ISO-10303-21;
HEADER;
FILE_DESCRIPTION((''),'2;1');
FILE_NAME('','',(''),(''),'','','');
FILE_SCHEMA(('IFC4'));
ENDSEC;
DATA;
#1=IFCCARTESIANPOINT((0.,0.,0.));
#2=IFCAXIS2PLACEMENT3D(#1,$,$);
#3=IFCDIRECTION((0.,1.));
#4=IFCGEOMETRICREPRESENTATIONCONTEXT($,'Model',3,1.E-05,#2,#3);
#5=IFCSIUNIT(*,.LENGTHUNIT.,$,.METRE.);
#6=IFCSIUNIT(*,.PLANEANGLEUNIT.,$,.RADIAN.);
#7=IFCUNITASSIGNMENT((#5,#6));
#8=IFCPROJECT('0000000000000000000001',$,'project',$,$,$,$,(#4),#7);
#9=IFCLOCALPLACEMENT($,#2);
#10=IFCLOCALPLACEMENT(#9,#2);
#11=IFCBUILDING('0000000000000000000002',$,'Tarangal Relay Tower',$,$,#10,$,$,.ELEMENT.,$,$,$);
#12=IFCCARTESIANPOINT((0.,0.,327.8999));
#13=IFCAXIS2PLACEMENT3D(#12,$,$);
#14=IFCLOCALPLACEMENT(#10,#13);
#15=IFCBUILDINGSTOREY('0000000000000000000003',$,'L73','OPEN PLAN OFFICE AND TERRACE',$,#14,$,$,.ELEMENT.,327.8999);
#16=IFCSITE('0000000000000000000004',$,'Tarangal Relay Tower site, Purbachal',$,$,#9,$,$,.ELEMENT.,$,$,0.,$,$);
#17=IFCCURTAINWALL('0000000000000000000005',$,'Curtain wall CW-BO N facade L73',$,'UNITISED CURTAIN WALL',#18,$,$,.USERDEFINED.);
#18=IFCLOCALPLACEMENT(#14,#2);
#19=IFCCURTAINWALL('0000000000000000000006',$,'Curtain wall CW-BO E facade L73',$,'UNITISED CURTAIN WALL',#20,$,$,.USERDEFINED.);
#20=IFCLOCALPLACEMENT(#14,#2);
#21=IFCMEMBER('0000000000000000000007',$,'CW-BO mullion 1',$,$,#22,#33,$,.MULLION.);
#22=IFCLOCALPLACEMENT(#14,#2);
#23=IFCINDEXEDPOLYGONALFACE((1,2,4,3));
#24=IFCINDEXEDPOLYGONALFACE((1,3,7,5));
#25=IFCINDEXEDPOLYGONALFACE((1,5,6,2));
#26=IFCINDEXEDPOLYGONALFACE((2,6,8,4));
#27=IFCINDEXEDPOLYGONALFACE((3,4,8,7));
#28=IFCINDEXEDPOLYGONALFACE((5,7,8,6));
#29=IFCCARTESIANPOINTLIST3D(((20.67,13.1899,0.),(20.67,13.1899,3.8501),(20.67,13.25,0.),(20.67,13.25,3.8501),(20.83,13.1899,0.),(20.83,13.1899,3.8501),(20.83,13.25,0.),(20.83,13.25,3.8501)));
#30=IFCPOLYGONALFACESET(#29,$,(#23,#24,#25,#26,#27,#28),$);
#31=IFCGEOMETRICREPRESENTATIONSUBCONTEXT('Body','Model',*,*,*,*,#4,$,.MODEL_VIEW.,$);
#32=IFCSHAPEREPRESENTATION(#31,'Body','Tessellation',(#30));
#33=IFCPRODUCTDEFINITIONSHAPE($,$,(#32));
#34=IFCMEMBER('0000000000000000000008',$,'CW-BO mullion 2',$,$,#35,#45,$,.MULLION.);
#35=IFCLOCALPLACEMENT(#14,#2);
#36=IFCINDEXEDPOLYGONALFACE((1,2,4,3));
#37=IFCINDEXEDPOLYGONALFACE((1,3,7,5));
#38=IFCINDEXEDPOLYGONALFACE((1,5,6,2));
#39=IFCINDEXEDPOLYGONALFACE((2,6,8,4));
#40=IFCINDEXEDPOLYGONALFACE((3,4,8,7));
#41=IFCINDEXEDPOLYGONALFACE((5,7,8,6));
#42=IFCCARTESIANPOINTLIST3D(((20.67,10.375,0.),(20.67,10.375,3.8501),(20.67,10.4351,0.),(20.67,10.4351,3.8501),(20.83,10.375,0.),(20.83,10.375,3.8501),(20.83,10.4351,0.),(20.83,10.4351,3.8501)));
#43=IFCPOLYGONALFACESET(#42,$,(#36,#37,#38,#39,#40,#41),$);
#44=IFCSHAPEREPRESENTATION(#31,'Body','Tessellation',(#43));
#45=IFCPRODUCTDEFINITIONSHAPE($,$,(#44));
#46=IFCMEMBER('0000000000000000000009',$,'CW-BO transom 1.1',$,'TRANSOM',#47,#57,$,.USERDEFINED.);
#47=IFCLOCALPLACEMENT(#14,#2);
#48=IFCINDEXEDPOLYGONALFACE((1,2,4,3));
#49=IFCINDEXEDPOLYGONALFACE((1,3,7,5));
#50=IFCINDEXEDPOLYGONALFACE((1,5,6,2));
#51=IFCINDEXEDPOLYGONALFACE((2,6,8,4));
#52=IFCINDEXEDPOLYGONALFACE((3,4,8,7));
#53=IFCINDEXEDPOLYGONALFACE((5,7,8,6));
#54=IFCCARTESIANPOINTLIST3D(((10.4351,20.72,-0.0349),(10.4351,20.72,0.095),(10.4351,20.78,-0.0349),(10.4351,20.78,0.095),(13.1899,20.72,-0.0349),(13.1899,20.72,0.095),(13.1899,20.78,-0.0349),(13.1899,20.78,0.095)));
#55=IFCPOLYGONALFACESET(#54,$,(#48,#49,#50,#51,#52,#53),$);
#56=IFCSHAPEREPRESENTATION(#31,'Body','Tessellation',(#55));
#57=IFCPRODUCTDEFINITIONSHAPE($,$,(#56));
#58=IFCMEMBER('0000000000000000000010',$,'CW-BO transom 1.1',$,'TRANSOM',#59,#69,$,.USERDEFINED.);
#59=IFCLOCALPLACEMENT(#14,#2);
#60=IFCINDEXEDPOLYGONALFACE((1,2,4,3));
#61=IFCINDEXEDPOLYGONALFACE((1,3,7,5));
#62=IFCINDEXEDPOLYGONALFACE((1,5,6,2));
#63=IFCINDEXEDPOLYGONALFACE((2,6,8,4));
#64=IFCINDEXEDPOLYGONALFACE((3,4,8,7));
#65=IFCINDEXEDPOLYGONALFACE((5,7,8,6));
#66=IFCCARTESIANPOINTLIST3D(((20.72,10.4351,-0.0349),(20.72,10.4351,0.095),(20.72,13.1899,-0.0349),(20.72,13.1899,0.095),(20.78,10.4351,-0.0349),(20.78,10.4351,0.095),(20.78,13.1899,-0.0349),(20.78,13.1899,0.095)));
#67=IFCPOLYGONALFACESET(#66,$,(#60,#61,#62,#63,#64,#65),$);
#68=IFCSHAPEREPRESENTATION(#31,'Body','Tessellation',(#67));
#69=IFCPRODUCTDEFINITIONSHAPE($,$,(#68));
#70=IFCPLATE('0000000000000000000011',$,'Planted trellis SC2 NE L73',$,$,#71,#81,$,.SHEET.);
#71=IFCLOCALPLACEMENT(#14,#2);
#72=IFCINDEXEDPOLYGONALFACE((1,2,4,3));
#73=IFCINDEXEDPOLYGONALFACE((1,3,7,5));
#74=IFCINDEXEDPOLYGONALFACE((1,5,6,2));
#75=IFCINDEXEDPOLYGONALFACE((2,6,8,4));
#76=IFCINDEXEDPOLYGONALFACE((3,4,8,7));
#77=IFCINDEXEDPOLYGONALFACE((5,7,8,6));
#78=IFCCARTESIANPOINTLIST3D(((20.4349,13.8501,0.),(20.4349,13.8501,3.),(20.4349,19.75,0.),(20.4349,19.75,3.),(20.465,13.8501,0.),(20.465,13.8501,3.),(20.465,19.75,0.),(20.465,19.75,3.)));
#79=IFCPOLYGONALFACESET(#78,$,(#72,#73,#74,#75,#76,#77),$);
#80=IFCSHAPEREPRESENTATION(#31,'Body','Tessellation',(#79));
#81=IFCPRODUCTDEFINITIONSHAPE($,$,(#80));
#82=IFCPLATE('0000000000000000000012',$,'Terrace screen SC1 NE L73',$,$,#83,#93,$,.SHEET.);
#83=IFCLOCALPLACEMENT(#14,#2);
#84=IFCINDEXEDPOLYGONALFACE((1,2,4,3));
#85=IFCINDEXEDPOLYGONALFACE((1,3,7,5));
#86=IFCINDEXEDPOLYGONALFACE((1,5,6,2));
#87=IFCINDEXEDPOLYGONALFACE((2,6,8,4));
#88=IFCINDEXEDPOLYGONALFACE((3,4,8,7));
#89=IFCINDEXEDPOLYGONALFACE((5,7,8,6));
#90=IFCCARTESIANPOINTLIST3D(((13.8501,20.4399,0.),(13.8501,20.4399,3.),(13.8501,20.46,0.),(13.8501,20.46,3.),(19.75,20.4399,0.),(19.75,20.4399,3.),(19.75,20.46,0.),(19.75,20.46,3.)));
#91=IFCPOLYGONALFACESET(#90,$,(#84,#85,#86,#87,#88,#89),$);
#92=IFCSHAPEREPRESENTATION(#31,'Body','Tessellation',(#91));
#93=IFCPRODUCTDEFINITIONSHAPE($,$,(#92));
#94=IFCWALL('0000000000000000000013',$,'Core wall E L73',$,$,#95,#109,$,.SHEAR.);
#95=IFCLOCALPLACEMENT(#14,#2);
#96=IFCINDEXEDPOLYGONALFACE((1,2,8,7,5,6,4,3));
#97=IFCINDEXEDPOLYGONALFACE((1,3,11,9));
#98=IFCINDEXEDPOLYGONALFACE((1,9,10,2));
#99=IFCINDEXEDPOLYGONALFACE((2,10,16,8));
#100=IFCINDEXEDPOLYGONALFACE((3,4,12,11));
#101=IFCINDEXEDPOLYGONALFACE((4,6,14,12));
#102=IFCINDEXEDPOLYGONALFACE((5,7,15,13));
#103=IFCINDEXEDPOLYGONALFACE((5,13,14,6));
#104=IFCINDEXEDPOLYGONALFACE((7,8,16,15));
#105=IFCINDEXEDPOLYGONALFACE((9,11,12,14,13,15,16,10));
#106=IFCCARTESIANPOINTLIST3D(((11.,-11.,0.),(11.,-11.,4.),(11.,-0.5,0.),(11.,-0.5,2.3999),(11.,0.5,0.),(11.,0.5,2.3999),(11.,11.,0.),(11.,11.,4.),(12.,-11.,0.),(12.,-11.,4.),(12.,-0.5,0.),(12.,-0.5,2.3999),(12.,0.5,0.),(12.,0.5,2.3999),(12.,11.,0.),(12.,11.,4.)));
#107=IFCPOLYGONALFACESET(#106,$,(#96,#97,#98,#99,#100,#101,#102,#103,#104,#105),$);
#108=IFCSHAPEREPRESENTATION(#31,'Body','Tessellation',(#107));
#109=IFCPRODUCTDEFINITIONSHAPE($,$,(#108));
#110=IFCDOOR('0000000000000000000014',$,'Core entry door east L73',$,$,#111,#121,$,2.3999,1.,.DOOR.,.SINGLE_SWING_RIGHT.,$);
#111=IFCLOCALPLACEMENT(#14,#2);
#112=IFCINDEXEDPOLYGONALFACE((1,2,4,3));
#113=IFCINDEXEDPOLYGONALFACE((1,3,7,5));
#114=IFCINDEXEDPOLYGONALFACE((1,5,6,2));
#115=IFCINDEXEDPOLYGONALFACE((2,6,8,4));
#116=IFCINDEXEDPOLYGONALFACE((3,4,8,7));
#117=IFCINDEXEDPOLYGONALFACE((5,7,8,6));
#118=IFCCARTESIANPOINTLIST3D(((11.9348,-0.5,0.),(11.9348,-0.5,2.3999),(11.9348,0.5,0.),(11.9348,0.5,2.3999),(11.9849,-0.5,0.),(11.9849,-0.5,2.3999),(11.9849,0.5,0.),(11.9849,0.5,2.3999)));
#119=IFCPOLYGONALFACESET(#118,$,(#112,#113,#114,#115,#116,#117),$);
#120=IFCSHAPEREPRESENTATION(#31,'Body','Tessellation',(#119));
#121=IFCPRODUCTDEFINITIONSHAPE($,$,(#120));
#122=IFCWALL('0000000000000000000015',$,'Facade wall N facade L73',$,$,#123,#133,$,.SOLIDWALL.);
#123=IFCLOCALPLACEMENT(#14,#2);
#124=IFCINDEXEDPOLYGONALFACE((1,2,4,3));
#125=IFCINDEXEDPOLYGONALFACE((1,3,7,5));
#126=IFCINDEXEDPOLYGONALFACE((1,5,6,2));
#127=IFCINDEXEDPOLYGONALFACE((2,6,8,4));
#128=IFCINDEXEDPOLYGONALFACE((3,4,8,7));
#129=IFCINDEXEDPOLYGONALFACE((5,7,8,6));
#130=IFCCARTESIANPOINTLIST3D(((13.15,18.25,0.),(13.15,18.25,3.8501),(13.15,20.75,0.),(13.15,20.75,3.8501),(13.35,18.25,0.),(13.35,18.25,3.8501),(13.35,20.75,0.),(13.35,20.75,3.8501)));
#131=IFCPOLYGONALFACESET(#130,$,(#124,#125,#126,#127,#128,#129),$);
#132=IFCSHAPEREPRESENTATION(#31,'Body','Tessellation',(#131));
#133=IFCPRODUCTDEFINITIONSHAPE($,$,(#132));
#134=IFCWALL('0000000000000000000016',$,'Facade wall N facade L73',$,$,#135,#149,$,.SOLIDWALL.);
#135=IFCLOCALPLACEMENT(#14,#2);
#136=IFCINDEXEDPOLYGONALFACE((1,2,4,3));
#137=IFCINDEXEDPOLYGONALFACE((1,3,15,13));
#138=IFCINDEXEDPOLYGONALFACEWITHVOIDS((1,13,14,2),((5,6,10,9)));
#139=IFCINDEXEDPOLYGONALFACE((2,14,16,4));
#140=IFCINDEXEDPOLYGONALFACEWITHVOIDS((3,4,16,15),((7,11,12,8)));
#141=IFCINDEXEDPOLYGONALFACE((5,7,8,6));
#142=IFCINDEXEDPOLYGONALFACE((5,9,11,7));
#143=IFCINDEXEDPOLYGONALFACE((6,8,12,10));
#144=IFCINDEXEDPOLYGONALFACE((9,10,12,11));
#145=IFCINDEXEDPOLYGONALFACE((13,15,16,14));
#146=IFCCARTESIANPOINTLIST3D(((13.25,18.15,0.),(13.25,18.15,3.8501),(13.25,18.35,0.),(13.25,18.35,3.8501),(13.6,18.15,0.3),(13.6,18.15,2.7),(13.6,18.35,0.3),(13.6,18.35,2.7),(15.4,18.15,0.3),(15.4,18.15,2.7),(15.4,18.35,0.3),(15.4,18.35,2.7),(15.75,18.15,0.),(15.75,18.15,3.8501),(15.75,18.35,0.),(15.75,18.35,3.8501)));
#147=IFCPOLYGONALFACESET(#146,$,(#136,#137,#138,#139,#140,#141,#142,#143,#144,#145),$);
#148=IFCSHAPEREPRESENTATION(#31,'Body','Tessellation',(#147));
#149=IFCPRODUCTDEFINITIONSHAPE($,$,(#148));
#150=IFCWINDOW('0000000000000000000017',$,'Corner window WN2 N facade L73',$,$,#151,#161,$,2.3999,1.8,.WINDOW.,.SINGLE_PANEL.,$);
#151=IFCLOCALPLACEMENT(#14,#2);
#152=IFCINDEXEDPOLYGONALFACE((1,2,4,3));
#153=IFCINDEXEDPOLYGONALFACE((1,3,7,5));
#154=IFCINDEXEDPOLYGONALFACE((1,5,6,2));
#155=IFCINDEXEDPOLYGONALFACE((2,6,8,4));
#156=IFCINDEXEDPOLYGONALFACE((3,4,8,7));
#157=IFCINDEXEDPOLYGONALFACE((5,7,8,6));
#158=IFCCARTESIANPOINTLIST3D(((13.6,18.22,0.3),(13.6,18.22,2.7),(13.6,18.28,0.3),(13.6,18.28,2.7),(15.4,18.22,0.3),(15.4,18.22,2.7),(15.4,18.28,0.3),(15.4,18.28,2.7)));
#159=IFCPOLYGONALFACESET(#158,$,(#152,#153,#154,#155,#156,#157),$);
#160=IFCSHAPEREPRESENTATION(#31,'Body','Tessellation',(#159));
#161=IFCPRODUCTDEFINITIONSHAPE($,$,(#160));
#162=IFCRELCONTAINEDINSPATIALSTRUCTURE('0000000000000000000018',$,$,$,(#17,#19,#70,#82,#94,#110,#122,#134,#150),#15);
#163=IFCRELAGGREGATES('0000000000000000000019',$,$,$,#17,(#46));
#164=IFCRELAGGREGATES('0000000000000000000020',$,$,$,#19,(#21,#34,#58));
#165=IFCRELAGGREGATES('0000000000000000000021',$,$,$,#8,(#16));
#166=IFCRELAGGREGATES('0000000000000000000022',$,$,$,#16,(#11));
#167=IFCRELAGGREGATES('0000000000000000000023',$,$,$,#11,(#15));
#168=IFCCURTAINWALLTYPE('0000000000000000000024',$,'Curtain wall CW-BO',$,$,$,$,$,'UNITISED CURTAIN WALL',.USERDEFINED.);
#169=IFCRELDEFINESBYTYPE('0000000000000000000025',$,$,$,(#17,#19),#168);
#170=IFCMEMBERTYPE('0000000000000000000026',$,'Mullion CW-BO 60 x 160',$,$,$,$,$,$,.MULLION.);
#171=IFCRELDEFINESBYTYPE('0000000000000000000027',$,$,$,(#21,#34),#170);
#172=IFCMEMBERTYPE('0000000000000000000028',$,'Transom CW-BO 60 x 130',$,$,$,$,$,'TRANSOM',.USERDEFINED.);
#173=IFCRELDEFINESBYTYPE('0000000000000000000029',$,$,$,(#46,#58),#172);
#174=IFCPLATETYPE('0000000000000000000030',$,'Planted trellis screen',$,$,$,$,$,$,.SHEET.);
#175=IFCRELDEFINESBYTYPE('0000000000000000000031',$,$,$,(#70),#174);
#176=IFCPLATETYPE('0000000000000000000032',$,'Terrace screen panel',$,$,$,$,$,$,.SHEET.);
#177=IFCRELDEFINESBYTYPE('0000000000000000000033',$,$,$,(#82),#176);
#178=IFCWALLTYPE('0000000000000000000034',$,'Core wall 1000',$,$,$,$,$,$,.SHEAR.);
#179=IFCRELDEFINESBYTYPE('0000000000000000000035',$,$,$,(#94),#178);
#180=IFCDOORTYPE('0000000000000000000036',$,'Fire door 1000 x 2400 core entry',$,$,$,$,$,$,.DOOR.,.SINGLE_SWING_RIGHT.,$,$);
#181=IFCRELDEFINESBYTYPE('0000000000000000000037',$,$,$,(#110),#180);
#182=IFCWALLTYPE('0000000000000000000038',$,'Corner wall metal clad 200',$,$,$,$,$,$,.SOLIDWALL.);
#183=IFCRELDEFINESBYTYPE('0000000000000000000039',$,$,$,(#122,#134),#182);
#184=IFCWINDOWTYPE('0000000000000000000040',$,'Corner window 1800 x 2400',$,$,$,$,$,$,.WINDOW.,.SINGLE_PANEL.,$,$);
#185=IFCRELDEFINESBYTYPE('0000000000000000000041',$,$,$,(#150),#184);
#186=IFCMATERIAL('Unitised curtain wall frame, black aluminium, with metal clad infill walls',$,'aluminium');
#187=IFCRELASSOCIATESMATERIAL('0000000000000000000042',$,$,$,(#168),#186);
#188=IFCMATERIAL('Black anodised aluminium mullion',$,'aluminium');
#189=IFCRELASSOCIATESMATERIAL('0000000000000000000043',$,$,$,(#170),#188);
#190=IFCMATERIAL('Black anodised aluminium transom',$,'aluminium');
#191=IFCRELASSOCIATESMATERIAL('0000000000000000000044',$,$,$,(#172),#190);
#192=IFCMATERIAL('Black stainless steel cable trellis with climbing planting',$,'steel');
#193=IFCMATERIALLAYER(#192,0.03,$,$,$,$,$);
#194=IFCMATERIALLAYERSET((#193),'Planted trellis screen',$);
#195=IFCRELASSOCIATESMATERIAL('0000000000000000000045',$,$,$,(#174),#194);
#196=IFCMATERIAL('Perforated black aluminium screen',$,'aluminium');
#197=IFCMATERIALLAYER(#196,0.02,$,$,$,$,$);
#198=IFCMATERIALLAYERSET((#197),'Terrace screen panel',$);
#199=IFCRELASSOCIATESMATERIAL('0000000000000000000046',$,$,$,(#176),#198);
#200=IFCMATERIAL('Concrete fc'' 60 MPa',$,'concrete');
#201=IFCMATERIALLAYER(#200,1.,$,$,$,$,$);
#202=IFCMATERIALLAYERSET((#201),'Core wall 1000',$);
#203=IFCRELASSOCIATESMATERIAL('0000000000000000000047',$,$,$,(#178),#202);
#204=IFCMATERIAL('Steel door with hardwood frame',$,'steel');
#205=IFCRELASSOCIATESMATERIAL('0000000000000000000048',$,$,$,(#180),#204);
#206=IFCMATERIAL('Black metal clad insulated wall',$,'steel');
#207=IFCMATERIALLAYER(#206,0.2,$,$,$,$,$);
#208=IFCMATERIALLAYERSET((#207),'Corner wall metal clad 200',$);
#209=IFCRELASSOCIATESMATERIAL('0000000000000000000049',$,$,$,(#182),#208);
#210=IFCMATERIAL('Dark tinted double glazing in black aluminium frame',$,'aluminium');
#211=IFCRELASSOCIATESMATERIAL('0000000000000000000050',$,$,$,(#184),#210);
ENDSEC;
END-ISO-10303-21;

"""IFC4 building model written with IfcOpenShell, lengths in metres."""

from ifc_helpers import new_model, si_unit, direction, frame, frame_2d, origin, origin_2d, place, context, subcontext, project, spatial, rectangle, extrude, material, layer, layer_set, material_profile, profile_set, type_object, element, fill, aggregate, save


model = new_model("IFC4")

# Units and contexts
model_context = context("Model", 3, precision=1e-05, world=origin(), true_north=direction((0.0, 1.0)))
body_context = subcontext(model_context, "Body", "Model", "MODEL_VIEW")
ifc_project = project(units=[si_unit("LENGTHUNIT", "METRE"), si_unit("PLANEANGLEUNIT", "RADIAN")], contexts=[model_context])

# Site, building, storey
site_placement = place(None, origin())
site = spatial("IfcSite", under=ifc_project, at=site_placement, Name="Tarangal Relay Tower site, Purbachal", CompositionType="ELEMENT", RefElevation=0.0)
building_placement = place(site_placement, origin())
building = spatial("IfcBuilding", under=site, at=building_placement, Name="Tarangal Relay Tower", CompositionType="ELEMENT")
storey_placement = place(building_placement, frame((0.0, 0.0, 327.8999)))
storey = spatial("IfcBuildingStorey", under=building, at=storey_placement, Name="L73", Description="OPEN PLAN OFFICE AND TERRACE", CompositionType="ELEMENT", Elevation=327.8999)

# Curtain wall
ifc_material_1 = material(Name="Black anodised aluminium mullion", Category="aluminium")
ifc_material_2 = material(Name="Unitised curtain wall frame, black aluminium, with metal clad infill walls", Category="aluminium")
curtain_wall_type_1 = type_object("IfcCurtainWallType", Name="Curtain wall CW-BO", ElementType="UNITISED CURTAIN WALL", PredefinedType="USERDEFINED", material=ifc_material_2)
curtain_wall_1_placement = place(storey_placement, origin())
curtain_wall_1 = element("IfcCurtainWall", 1, at=curtain_wall_1_placement, inside=storey, type_object=curtain_wall_type_1, Name="Curtain wall CW-BO N facade L73", ObjectType="UNITISED CURTAIN WALL", PredefinedType="USERDEFINED")
ifc_material_profile_1 = material_profile(ifc_material_1, rectangle(XDim=0.1599, YDim=0.0601, at=origin_2d()), Name="CW-BOM 60X160")
ifc_profile_set_1 = profile_set([ifc_material_profile_1], Name="Black anodised aluminium mullion")
member_type_1 = type_object("IfcMemberType", Name="Mullion CW-BO 60 x 160", PredefinedType="MULLION", material=ifc_profile_set_1)

# Curtain wall, members
curtain_wall_2_placement = place(storey_placement, origin())
curtain_wall_2 = element("IfcCurtainWall", 2, at=curtain_wall_2_placement, inside=storey, type_object=curtain_wall_type_1, Name="Curtain wall CW-BO E facade L73", ObjectType="UNITISED CURTAIN WALL", PredefinedType="USERDEFINED")
member_1_placement = place(storey_placement, frame((20.75, 13.22, 0.0), z_axis=(0.0, 0.0, 1.0), x_axis=(1.0, 0.0, 0.0)))
member_1 = element("IfcMember", 3, at=member_1_placement, type_object=member_type_1, Name="CW-BO mullion 1", PredefinedType="MULLION", context=body_context, shape_type="SweptSolid", body=[
    extrude(rectangle(XDim=0.1599, YDim=0.0601, at=origin_2d()), origin(), (0.0, 0.0, 1.0), 3.8501),
])
member_2_placement = place(storey_placement, frame((20.75, 10.405, 0.0), z_axis=(0.0, 0.0, 1.0), x_axis=(1.0, 0.0, 0.0)))
member_2 = element("IfcMember", 4, at=member_2_placement, type_object=member_type_1, Name="CW-BO mullion 2", PredefinedType="MULLION", context=body_context, shape_type="SweptSolid", body=[
    extrude(rectangle(XDim=0.1599, YDim=0.0601, at=origin_2d()), origin(), (0.0, 0.0, 1.0), 3.8501),
])

# Members
ifc_material_3 = material(Name="Black anodised aluminium transom", Category="aluminium")
ifc_material_profile_2 = material_profile(ifc_material_3, rectangle(XDim=0.0601, YDim=0.1299, at=origin_2d()), Name="CW-BOT 60X130")
ifc_profile_set_2 = profile_set([ifc_material_profile_2], Name="Black anodised aluminium transom")
member_type_2 = type_object("IfcMemberType", Name="Transom CW-BO 60 x 130", ElementType="TRANSOM", PredefinedType="USERDEFINED", material=ifc_profile_set_2)
member_3_placement = place(storey_placement, frame((10.4351, 20.75, 0.03), z_axis=(1.0, 0.0, 0.0), x_axis=(0.0, 1.0, 0.0)))
member_3 = element("IfcMember", 5, at=member_3_placement, type_object=member_type_2, Name="CW-BO transom 1.1", ObjectType="TRANSOM", PredefinedType="USERDEFINED", context=body_context, shape_type="SweptSolid", body=[
    extrude(rectangle(XDim=0.0601, YDim=0.1299, at=origin_2d()), origin(), (0.0, 0.0, 1.0), 2.7549),
])
aggregate(curtain_wall_1, [member_3])
member_4_placement = place(storey_placement, frame((20.75, 13.1899, 0.03), z_axis=(0.0, -1.0, 0.0), x_axis=(1.0, 0.0, 0.0)))
member_4 = element("IfcMember", 6, at=member_4_placement, type_object=member_type_2, Name="CW-BO transom 1.1", ObjectType="TRANSOM", PredefinedType="USERDEFINED", context=body_context, shape_type="SweptSolid", body=[
    extrude(rectangle(XDim=0.0601, YDim=0.1299, at=origin_2d()), origin(), (0.0, 0.0, 1.0), 2.7549),
])
aggregate(curtain_wall_2, [member_1, member_2, member_4])

# Plates
ifc_material_4 = material(Name="Black stainless steel cable trellis with climbing planting", Category="steel")
ifc_layer_1 = layer(ifc_material_4, 0.03)
ifc_layer_set_1 = layer_set([ifc_layer_1], Name="Planted trellis screen")
plate_type_1 = type_object("IfcPlateType", Name="Planted trellis screen", PredefinedType="SHEET", material=ifc_layer_set_1)
plate_1_placement = place(storey_placement, frame((20.45, 16.8, 0.0), z_axis=(0.0, 0.0, 1.0), x_axis=(0.0, -1.0, 0.0)))
element("IfcPlate", 7, at=plate_1_placement, inside=storey, type_object=plate_type_1, Name="Planted trellis SC2 NE L73", PredefinedType="SHEET", context=body_context, shape_type="SweptSolid", body=[
    extrude(rectangle(XDim=5.8999, YDim=0.03, at=origin_2d()), origin(), (0.0, 0.0, 1.0), 3.0),
])
ifc_material_5 = material(Name="Perforated black aluminium screen", Category="aluminium")
ifc_layer_2 = layer(ifc_material_5, 0.02)
ifc_layer_set_2 = layer_set([ifc_layer_2], Name="Terrace screen panel")
plate_type_2 = type_object("IfcPlateType", Name="Terrace screen panel", PredefinedType="SHEET", material=ifc_layer_set_2)
plate_2_placement = place(storey_placement, frame((16.8, 20.45, 0.0), z_axis=(0.0, 0.0, 1.0), x_axis=(1.0, 0.0, 0.0)))
element("IfcPlate", 8, at=plate_2_placement, inside=storey, type_object=plate_type_2, Name="Terrace screen SC1 NE L73", PredefinedType="SHEET", context=body_context, shape_type="SweptSolid", body=[
    extrude(rectangle(XDim=5.8999, YDim=0.02, at=origin_2d()), origin(), (0.0, 0.0, 1.0), 3.0),
])

# Wall, opening, door
ifc_material_6 = material(Name="Concrete fc' 60 MPa", Category="concrete")
ifc_layer_3 = layer(ifc_material_6, 1.0)
ifc_layer_set_3 = layer_set([ifc_layer_3], Name="Core wall 1000")
wall_type_1 = type_object("IfcWallType", Name="Core wall 1000", PredefinedType="SHEAR", material=ifc_layer_set_3)
wall_1_placement = place(storey_placement, frame((11.5, 11.0, 0.0), z_axis=(0.0, 0.0, 1.0), x_axis=(0.0, -1.0, 0.0)))
wall_1 = element("IfcWall", 9, at=wall_1_placement, inside=storey, type_object=wall_type_1, Name="Core wall E L73", PredefinedType="SHEAR", context=body_context, shape_type="SweptSolid", body=[
    extrude(rectangle(XDim=22.0, YDim=1.0, at=frame_2d((11.0, 0.0))), origin(), (0.0, 0.0, 1.0), 4.0),
])
opening_1_placement = place(wall_1_placement, frame((10.5, 0.0, 0.0)))
opening_1 = element("IfcOpeningElement", 10, at=opening_1_placement, cuts=wall_1, PredefinedType="OPENING", context=body_context, shape_type="SweptSolid", body=[
    extrude(rectangle(XDim=1.0, YDim=2.3999, at=frame_2d((0.5, 1.2))), frame((0.0, 0.51, 0.0), z_axis=(0.0, -1.0, 0.0), x_axis=(1.0, 0.0, 0.0)), (0.0, 0.0, 1.0), 1.02),
])
ifc_material_7 = material(Name="Steel door with hardwood frame", Category="steel")
door_type_1 = type_object("IfcDoorType", Name="Fire door 1000 x 2400 core entry", OperationType="SINGLE_SWING_RIGHT", PredefinedType="DOOR", material=ifc_material_7)
door_1_placement = place(opening_1_placement, origin())
door_1 = element("IfcDoor", 11, at=door_1_placement, inside=storey, type_object=door_type_1, Name="Core entry door east L73", OperationType="SINGLE_SWING_RIGHT", OverallHeight=2.3999, OverallWidth=1.0, PredefinedType="DOOR", context=body_context, shape_type="SweptSolid", body=[
    extrude(rectangle(XDim=1.0, YDim=2.3999, at=frame_2d((0.5, 1.2))), frame((0.0, 0.4849, 0.0), z_axis=(0.0, -1.0, 0.0), x_axis=(1.0, 0.0, 0.0)), (0.0, 0.0, 1.0), 0.05),
])
fill(opening_1, door_1)

# Wall
ifc_material_8 = material(Name="Black metal clad insulated wall", Category="steel")
ifc_layer_4 = layer(ifc_material_8, 0.2)
ifc_layer_set_4 = layer_set([ifc_layer_4], Name="Corner wall metal clad 200")
wall_type_2 = type_object("IfcWallType", Name="Corner wall metal clad 200", PredefinedType="SOLIDWALL", material=ifc_layer_set_4)
wall_2_placement = place(storey_placement, frame((13.25, 20.75, 0.0), z_axis=(0.0, 0.0, 1.0), x_axis=(0.0, -1.0, 0.0)))
element("IfcWall", 12, at=wall_2_placement, inside=storey, type_object=wall_type_2, Name="Facade wall N facade L73", PredefinedType="SOLIDWALL", context=body_context, shape_type="SweptSolid", body=[
    extrude(rectangle(XDim=2.5, YDim=0.2, at=frame_2d((1.25, 0.0))), origin(), (0.0, 0.0, 1.0), 3.8501),
])

# Wall, opening, window
wall_3_placement = place(storey_placement, frame((13.25, 18.25, 0.0), z_axis=(0.0, 0.0, 1.0), x_axis=(1.0, 0.0, 0.0)))
wall_3 = element("IfcWall", 13, at=wall_3_placement, inside=storey, type_object=wall_type_2, Name="Facade wall N facade L73", PredefinedType="SOLIDWALL", context=body_context, shape_type="SweptSolid", body=[
    extrude(rectangle(XDim=2.5, YDim=0.2, at=frame_2d((1.25, 0.0))), origin(), (0.0, 0.0, 1.0), 3.8501),
])
opening_2_placement = place(wall_3_placement, frame((0.3501, 0.0, 0.3)))
opening_2 = element("IfcOpeningElement", 14, at=opening_2_placement, cuts=wall_3, PredefinedType="OPENING", context=body_context, shape_type="SweptSolid", body=[
    extrude(rectangle(XDim=1.8, YDim=2.3999, at=frame_2d((0.8999, 1.2))), frame((0.0, 0.1099, 0.0), z_axis=(0.0, -1.0, 0.0), x_axis=(1.0, 0.0, 0.0)), (0.0, 0.0, 1.0), 0.22),
])
ifc_material_9 = material(Name="Dark tinted double glazing in black aluminium frame", Category="aluminium")
window_type = type_object("IfcWindowType", Name="Corner window 1800 x 2400", PartitioningType="SINGLE_PANEL", PredefinedType="WINDOW", material=ifc_material_9)
window_1_placement = place(opening_2_placement, origin())
window_1 = element("IfcWindow", 15, at=window_1_placement, inside=storey, type_object=window_type, Name="Corner window WN2 N facade L73", OverallHeight=2.3999, OverallWidth=1.8, PartitioningType="SINGLE_PANEL", PredefinedType="WINDOW", context=body_context, shape_type="SweptSolid", body=[
    extrude(rectangle(XDim=1.8, YDim=2.3999, at=frame_2d((0.8999, 1.2))), frame((0.0, 0.03, 0.0), z_axis=(0.0, -1.0, 0.0), x_axis=(1.0, 0.0, 0.0)), (0.0, 0.0, 1.0), 0.0601),
])
fill(opening_2, window_1)

save(model, "model.ifc")
